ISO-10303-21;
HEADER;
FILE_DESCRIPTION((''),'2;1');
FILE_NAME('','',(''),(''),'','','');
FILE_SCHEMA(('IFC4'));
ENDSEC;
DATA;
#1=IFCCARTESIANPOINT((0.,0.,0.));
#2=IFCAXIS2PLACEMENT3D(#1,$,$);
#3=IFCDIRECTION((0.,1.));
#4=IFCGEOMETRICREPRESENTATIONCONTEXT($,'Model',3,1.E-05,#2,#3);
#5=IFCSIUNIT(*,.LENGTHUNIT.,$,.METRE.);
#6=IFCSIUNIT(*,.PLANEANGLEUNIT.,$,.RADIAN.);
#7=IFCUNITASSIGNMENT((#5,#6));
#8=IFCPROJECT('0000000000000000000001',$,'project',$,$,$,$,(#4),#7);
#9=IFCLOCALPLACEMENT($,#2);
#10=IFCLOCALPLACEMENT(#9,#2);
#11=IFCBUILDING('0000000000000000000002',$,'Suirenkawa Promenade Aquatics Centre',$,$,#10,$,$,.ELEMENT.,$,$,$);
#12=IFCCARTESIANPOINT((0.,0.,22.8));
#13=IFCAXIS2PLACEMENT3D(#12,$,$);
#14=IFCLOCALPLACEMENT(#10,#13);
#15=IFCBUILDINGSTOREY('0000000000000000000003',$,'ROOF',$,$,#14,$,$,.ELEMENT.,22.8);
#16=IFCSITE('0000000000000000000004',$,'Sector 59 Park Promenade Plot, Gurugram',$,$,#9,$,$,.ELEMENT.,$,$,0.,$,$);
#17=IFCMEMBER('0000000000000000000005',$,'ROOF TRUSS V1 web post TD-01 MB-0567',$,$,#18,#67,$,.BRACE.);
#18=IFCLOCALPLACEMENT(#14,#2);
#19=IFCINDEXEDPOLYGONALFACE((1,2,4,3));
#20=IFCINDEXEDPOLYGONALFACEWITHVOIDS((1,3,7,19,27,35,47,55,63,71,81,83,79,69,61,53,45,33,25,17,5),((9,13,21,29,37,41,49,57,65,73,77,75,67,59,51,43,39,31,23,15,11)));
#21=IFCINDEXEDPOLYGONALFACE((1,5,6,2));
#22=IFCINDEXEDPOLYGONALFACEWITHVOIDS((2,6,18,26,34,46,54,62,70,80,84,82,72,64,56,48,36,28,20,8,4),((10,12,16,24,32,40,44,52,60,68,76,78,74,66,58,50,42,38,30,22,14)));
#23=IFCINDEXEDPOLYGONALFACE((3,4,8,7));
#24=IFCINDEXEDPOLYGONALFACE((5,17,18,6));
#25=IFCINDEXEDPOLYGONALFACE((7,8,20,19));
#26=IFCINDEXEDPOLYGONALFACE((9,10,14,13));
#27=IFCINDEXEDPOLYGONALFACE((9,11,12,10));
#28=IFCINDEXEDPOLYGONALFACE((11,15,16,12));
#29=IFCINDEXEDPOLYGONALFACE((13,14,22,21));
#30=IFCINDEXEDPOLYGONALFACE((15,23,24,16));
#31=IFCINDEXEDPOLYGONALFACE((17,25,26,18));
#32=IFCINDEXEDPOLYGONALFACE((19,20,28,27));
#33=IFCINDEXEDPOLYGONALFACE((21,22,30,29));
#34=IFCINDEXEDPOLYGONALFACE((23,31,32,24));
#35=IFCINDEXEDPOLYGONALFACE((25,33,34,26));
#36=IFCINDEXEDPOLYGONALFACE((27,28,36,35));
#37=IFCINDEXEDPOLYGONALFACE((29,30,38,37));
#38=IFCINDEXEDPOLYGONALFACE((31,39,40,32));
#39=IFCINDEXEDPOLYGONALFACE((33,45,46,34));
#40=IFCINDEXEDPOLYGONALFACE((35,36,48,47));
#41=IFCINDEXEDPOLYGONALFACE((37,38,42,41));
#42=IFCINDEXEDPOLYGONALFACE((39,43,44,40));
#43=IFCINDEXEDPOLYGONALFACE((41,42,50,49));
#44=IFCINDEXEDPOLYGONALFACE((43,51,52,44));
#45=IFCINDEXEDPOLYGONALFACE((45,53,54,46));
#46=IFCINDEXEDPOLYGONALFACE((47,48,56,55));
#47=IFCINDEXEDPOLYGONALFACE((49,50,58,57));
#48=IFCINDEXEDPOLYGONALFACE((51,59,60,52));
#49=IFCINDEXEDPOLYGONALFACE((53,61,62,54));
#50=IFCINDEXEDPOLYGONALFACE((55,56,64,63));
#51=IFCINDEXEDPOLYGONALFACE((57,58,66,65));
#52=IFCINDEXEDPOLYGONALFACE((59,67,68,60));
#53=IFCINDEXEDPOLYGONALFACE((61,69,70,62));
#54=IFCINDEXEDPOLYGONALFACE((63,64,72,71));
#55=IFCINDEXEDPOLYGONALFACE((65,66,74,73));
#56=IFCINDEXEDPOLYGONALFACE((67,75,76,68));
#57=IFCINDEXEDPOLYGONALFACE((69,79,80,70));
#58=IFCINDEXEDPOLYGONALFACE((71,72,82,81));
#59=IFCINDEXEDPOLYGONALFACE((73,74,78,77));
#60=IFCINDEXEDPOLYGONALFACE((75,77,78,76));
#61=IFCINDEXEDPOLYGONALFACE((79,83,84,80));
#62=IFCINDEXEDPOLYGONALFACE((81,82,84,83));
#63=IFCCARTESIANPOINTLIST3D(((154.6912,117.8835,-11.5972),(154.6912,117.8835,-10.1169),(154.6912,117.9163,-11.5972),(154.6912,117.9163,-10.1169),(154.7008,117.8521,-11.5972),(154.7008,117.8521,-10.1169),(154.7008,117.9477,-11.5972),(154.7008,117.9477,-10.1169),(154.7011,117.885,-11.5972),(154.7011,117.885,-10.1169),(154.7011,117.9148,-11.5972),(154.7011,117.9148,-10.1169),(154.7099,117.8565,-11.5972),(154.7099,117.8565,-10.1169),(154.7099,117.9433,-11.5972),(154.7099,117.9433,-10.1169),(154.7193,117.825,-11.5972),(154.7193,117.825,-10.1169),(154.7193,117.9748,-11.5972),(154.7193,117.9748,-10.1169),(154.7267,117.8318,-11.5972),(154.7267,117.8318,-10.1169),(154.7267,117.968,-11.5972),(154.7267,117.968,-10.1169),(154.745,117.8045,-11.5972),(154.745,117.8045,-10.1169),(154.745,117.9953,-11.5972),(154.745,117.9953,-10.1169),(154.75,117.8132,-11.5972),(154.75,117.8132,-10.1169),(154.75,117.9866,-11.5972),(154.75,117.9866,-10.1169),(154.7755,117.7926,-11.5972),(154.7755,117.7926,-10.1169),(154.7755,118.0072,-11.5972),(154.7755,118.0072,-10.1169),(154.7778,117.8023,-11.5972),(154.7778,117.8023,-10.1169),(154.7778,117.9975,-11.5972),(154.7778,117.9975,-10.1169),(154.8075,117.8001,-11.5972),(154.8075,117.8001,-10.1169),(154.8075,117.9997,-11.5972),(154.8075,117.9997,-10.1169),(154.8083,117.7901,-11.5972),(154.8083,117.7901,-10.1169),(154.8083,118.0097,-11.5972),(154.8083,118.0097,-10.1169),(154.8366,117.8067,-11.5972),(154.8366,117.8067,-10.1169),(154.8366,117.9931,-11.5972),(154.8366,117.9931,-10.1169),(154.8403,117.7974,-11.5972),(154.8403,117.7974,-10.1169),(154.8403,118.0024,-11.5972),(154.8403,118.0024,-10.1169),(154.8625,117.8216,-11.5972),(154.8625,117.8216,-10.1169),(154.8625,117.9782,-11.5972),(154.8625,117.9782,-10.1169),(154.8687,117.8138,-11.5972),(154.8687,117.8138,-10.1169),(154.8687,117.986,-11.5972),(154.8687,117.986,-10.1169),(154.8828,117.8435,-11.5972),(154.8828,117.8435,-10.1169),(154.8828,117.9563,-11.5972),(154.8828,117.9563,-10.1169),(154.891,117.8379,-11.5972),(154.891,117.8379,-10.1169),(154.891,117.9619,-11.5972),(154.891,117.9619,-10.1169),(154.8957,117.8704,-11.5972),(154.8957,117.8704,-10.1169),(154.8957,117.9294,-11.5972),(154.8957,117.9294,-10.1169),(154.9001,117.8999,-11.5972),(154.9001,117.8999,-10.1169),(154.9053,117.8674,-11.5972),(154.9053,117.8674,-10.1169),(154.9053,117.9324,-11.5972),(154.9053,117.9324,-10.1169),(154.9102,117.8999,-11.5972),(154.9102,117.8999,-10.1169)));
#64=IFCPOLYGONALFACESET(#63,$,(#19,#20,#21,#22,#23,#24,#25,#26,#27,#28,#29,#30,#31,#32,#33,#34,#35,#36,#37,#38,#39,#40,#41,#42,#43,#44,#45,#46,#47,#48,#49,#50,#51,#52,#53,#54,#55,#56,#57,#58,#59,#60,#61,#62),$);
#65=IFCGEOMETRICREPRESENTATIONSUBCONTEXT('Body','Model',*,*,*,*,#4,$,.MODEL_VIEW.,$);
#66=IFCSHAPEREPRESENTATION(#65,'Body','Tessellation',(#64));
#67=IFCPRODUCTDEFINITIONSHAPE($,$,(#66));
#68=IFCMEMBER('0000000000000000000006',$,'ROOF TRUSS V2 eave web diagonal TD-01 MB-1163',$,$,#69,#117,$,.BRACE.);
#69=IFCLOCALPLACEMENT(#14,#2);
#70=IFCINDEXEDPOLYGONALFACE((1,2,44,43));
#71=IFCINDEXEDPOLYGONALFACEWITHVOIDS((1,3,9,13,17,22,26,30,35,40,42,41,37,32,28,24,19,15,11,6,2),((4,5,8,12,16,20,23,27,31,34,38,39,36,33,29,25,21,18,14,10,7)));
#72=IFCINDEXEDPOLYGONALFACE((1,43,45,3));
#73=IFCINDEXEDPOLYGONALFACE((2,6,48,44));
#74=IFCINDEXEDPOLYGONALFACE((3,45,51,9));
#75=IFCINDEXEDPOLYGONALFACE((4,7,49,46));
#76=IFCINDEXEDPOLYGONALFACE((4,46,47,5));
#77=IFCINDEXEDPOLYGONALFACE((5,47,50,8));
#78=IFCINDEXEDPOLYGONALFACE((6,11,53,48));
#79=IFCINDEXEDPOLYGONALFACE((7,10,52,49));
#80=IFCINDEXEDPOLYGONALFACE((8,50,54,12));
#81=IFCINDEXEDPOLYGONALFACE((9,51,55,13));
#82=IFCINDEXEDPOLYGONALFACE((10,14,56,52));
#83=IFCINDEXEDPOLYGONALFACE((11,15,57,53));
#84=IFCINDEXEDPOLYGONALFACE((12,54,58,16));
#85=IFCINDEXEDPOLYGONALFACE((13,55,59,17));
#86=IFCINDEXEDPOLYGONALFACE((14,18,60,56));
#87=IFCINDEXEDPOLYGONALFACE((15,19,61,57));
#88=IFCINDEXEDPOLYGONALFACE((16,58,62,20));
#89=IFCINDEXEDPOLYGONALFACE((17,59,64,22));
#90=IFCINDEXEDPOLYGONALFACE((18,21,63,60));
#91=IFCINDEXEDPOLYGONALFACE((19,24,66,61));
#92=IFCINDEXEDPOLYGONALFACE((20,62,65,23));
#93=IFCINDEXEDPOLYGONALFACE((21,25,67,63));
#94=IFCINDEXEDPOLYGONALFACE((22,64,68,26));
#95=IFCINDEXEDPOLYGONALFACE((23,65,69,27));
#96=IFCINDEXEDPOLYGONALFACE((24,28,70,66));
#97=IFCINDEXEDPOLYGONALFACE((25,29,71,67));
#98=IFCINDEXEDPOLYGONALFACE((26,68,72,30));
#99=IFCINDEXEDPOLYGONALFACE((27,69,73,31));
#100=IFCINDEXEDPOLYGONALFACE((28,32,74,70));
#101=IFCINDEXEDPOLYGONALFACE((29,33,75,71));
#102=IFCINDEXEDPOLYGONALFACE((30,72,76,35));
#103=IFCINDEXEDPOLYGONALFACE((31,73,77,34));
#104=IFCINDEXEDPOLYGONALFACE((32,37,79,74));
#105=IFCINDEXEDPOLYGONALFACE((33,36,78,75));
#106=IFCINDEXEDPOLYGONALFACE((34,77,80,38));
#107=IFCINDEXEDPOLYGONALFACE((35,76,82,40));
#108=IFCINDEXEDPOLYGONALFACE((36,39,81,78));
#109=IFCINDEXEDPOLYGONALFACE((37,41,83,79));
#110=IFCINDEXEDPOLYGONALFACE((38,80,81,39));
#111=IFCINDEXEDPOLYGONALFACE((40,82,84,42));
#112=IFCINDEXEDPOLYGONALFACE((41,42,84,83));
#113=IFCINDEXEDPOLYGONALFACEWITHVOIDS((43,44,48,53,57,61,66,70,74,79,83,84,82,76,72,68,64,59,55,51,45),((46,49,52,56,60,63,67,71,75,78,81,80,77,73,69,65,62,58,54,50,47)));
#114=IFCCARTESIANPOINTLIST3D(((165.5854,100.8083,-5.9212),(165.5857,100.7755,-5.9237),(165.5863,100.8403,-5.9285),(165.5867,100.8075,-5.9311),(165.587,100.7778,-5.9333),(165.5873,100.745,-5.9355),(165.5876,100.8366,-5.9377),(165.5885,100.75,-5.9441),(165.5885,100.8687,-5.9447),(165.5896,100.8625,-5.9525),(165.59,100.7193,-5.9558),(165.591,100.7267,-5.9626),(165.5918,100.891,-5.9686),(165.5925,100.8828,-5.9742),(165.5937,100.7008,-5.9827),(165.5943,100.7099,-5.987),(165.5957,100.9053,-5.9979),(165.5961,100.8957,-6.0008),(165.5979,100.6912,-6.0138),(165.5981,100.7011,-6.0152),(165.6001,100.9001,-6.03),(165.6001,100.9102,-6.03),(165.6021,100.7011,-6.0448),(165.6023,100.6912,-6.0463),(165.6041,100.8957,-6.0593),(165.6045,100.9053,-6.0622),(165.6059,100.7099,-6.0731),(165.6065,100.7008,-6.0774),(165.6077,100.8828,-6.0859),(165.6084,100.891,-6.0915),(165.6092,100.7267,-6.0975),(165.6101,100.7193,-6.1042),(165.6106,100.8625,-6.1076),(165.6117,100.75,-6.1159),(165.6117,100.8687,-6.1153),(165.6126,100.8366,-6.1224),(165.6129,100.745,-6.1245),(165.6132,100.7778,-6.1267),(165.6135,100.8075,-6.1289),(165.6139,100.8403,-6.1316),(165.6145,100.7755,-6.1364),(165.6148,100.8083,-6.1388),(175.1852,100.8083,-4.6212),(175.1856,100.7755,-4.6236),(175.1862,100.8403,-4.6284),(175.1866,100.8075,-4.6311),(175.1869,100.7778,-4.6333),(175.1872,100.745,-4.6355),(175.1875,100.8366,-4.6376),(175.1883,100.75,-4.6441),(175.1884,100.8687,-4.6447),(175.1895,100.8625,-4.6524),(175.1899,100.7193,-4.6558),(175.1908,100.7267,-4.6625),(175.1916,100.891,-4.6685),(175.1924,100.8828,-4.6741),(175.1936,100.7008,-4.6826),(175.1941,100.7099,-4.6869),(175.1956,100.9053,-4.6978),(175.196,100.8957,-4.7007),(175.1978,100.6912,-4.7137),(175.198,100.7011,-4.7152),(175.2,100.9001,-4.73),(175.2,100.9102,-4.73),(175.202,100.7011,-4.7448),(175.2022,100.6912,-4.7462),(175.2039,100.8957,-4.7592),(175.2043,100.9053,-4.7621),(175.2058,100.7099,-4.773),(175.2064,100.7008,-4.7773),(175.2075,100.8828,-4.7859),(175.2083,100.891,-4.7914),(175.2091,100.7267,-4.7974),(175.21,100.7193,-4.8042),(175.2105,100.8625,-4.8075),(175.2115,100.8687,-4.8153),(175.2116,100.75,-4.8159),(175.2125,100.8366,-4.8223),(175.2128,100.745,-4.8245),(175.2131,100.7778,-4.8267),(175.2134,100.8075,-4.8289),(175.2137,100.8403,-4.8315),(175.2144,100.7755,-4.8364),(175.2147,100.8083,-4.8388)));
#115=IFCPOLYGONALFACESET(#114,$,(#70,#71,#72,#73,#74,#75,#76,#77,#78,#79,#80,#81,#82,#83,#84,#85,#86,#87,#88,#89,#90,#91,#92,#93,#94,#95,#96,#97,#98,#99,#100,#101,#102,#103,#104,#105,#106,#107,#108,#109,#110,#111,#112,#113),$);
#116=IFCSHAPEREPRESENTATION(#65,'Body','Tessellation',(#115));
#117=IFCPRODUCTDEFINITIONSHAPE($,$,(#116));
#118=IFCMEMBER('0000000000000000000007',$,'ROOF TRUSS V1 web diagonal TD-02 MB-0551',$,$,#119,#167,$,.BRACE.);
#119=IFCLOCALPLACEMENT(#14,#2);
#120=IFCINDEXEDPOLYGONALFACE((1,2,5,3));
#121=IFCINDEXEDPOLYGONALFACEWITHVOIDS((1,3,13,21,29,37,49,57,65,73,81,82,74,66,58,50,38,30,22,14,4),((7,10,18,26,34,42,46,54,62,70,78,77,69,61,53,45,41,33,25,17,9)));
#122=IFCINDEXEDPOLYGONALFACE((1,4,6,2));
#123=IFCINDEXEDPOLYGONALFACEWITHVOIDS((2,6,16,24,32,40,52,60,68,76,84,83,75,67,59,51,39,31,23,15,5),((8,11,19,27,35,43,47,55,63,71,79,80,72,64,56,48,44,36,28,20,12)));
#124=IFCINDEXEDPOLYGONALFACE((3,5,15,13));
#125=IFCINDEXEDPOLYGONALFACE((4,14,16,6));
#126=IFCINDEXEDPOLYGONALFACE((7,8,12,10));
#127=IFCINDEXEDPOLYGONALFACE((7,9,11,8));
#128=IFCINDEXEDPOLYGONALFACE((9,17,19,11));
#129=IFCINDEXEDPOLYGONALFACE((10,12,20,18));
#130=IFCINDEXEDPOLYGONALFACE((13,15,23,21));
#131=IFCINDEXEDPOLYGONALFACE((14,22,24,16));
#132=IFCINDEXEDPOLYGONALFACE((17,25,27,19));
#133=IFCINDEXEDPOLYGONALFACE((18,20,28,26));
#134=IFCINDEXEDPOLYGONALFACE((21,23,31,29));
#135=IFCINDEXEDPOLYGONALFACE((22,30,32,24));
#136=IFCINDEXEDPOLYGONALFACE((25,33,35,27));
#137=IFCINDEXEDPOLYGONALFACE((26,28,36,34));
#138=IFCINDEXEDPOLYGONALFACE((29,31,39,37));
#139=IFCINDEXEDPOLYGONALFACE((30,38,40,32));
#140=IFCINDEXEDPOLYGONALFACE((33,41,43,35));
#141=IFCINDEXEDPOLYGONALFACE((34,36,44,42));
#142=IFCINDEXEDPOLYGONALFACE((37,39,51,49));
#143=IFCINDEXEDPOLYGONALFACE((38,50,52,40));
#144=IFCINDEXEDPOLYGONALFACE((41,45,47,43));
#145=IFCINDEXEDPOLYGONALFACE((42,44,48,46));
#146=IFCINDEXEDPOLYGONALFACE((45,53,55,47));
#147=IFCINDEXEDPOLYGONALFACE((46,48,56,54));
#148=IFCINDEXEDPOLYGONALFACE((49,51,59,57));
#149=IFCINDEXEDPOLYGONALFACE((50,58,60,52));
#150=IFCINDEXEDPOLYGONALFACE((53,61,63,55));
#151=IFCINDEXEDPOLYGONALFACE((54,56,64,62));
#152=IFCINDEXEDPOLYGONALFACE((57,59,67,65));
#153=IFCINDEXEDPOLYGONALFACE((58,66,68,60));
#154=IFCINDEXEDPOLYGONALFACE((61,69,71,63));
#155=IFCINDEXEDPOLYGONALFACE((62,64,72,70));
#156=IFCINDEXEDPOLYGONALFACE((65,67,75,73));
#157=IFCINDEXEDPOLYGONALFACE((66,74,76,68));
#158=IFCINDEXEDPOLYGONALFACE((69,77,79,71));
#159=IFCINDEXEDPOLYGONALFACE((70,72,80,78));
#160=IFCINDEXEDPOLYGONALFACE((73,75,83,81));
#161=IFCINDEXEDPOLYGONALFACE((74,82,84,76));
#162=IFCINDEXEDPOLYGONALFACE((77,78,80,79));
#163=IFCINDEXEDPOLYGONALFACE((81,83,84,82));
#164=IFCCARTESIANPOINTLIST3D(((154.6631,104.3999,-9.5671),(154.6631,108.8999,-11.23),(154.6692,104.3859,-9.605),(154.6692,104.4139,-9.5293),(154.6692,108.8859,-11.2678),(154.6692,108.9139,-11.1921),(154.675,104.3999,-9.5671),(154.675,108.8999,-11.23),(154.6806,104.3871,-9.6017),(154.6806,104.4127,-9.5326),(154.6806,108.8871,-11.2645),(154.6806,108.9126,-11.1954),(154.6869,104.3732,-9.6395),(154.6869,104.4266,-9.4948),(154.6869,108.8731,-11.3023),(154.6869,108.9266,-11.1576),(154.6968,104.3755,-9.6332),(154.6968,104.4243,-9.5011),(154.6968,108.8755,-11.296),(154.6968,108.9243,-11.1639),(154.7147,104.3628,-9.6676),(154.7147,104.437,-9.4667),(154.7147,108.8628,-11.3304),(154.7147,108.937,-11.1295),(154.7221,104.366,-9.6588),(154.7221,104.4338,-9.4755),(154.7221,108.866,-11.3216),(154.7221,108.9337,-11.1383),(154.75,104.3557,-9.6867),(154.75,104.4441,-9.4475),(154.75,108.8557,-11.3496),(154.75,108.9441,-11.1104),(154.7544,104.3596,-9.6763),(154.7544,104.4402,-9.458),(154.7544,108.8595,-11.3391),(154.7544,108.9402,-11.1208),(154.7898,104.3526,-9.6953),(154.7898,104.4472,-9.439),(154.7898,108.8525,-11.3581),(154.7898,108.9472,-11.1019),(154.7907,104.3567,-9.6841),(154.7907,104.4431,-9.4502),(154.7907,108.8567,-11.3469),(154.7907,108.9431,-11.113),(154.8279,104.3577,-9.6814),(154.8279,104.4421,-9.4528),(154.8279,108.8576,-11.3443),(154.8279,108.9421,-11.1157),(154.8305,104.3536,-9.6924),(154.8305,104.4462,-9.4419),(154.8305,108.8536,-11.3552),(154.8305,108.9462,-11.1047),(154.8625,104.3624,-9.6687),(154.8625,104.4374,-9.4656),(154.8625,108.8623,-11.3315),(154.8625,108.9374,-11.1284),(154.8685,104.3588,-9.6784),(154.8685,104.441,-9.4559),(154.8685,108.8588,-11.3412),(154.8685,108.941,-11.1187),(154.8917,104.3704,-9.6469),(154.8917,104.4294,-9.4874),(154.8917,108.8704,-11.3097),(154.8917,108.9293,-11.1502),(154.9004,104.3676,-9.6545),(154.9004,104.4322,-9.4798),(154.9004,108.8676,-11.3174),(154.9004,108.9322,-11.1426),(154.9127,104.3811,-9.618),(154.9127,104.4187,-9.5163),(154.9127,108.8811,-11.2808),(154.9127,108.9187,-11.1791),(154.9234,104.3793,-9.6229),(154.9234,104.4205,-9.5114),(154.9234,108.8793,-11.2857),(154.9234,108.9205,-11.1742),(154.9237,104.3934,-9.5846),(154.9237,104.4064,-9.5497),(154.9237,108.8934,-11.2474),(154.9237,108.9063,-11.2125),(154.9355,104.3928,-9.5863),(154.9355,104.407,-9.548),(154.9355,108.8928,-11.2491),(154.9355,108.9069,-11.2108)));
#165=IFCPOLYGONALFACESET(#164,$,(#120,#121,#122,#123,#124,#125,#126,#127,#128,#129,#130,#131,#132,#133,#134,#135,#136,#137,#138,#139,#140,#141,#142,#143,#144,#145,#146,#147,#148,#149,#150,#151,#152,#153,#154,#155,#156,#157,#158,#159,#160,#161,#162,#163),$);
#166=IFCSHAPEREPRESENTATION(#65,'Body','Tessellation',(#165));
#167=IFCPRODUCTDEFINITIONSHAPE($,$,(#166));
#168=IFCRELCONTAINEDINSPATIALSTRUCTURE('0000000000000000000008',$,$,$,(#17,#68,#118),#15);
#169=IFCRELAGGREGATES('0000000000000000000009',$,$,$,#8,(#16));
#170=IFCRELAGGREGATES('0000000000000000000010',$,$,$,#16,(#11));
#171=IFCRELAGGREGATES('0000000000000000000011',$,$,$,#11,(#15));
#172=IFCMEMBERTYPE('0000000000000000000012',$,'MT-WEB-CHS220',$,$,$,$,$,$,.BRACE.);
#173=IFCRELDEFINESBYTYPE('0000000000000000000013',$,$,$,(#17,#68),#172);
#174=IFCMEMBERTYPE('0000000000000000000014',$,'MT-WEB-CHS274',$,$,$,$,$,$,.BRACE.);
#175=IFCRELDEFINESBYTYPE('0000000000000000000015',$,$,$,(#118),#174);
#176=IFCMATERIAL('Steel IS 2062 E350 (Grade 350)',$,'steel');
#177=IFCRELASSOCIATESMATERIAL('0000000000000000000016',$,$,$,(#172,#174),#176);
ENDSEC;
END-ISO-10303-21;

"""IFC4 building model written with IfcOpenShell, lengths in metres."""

from ifc_helpers import new_model, si_unit, direction, frame, origin, origin_2d, place, context, subcontext, project, spatial, hollow_circle, extrude, material, material_profile, profile_set, type_object, element, save


model = new_model("IFC4")

# Units and contexts
model_context = context("Model", 3, precision=1e-05, world=origin(), true_north=direction((0.0, 1.0)))
body_context = subcontext(model_context, "Body", "Model", "MODEL_VIEW")
ifc_project = project(units=[si_unit("LENGTHUNIT", "METRE"), si_unit("PLANEANGLEUNIT", "RADIAN")], contexts=[model_context])

# Site, building, storey
site_placement = place(None, origin())
site = spatial("IfcSite", under=ifc_project, at=site_placement, Name="Sector 59 Park Promenade Plot, Gurugram", CompositionType="ELEMENT", RefElevation=0.0)
building_placement = place(site_placement, origin())
building = spatial("IfcBuilding", under=site, at=building_placement, Name="Suirenkawa Promenade Aquatics Centre", CompositionType="ELEMENT")
storey_placement = place(building_placement, frame((0.0, 0.0, 22.8)))
storey = spatial("IfcBuildingStorey", under=building, at=storey_placement, Name="ROOF", CompositionType="ELEMENT", Elevation=22.8)

# Shared definitions
ifc_material = material(Name="Steel IS 2062 E350 (Grade 350)", Category="steel")

# Members
ifc_material_profile_1 = material_profile(ifc_material, hollow_circle(Radius=0.1101, WallThickness=0.01, at=origin_2d()), Name="CHS 220x10", Category="steel")
ifc_profile_set_1 = profile_set([ifc_material_profile_1], Name="Steel IS 2062 E350 (Grade 350)")
member_type_1 = type_object("IfcMemberType", Name="MT-WEB-CHS220", PredefinedType="BRACE", material=ifc_profile_set_1)
member_1_placement = place(storey_placement, frame((154.8, 117.8999, -11.5972), z_axis=(0.0, 0.0, 1.0), x_axis=(1.0, 0.0, 0.0)))
element("IfcMember", 1, at=member_1_placement, inside=storey, type_object=member_type_1, Name="ROOF TRUSS V1 web post TD-01 MB-0567", PredefinedType="BRACE", context=body_context, shape_type="SweptSolid", body=[
    extrude(hollow_circle(Radius=0.1101, WallThickness=0.01, at=origin_2d()), origin(), (0.0, 0.0, 1.0), 1.4802),
])
member_2_placement = place(storey_placement, frame((165.6001, 100.8, -6.03), z_axis=(0.990954, 0.0, 0.134199), x_axis=(0.0, 1.0, 0.0)))
element("IfcMember", 2, at=member_2_placement, inside=storey, type_object=member_type_1, Name="ROOF TRUSS V2 eave web diagonal TD-01 MB-1163", PredefinedType="BRACE", context=body_context, shape_type="SweptSolid", body=[
    extrude(hollow_circle(Radius=0.1101, WallThickness=0.01, at=origin_2d()), origin(), (0.0, 0.0, 1.0), 9.6875),
])
ifc_material_profile_2 = material_profile(ifc_material, hollow_circle(Radius=0.137, WallThickness=0.012, at=origin_2d()), Name="CHS 274x12", Category="steel")
ifc_profile_set_2 = profile_set([ifc_material_profile_2], Name="Steel IS 2062 E350 (Grade 350)")
member_type_2 = type_object("IfcMemberType", Name="MT-WEB-CHS274", PredefinedType="BRACE", material=ifc_profile_set_2)
for number, where, z_axis, x_axis, name in (
    (3, (154.8, 104.3999, -9.5671), (0.0, 0.938008, -0.346613), (-1.0, 0.0, 0.0), "ROOF TRUSS V1 web diagonal TD-02 MB-0551"),
):
    element("IfcMember", number, at=place(storey_placement, frame(where, z_axis=z_axis, x_axis=x_axis)), inside=storey, type_object=member_type_2, Name=name, PredefinedType="BRACE", context=body_context, shape_type="SweptSolid", body=[
        extrude(hollow_circle(Radius=0.137, WallThickness=0.012, at=origin_2d()), origin(), (0.0, 0.0, 1.0), 4.7974),
    ])

save(model, "model.ifc")
